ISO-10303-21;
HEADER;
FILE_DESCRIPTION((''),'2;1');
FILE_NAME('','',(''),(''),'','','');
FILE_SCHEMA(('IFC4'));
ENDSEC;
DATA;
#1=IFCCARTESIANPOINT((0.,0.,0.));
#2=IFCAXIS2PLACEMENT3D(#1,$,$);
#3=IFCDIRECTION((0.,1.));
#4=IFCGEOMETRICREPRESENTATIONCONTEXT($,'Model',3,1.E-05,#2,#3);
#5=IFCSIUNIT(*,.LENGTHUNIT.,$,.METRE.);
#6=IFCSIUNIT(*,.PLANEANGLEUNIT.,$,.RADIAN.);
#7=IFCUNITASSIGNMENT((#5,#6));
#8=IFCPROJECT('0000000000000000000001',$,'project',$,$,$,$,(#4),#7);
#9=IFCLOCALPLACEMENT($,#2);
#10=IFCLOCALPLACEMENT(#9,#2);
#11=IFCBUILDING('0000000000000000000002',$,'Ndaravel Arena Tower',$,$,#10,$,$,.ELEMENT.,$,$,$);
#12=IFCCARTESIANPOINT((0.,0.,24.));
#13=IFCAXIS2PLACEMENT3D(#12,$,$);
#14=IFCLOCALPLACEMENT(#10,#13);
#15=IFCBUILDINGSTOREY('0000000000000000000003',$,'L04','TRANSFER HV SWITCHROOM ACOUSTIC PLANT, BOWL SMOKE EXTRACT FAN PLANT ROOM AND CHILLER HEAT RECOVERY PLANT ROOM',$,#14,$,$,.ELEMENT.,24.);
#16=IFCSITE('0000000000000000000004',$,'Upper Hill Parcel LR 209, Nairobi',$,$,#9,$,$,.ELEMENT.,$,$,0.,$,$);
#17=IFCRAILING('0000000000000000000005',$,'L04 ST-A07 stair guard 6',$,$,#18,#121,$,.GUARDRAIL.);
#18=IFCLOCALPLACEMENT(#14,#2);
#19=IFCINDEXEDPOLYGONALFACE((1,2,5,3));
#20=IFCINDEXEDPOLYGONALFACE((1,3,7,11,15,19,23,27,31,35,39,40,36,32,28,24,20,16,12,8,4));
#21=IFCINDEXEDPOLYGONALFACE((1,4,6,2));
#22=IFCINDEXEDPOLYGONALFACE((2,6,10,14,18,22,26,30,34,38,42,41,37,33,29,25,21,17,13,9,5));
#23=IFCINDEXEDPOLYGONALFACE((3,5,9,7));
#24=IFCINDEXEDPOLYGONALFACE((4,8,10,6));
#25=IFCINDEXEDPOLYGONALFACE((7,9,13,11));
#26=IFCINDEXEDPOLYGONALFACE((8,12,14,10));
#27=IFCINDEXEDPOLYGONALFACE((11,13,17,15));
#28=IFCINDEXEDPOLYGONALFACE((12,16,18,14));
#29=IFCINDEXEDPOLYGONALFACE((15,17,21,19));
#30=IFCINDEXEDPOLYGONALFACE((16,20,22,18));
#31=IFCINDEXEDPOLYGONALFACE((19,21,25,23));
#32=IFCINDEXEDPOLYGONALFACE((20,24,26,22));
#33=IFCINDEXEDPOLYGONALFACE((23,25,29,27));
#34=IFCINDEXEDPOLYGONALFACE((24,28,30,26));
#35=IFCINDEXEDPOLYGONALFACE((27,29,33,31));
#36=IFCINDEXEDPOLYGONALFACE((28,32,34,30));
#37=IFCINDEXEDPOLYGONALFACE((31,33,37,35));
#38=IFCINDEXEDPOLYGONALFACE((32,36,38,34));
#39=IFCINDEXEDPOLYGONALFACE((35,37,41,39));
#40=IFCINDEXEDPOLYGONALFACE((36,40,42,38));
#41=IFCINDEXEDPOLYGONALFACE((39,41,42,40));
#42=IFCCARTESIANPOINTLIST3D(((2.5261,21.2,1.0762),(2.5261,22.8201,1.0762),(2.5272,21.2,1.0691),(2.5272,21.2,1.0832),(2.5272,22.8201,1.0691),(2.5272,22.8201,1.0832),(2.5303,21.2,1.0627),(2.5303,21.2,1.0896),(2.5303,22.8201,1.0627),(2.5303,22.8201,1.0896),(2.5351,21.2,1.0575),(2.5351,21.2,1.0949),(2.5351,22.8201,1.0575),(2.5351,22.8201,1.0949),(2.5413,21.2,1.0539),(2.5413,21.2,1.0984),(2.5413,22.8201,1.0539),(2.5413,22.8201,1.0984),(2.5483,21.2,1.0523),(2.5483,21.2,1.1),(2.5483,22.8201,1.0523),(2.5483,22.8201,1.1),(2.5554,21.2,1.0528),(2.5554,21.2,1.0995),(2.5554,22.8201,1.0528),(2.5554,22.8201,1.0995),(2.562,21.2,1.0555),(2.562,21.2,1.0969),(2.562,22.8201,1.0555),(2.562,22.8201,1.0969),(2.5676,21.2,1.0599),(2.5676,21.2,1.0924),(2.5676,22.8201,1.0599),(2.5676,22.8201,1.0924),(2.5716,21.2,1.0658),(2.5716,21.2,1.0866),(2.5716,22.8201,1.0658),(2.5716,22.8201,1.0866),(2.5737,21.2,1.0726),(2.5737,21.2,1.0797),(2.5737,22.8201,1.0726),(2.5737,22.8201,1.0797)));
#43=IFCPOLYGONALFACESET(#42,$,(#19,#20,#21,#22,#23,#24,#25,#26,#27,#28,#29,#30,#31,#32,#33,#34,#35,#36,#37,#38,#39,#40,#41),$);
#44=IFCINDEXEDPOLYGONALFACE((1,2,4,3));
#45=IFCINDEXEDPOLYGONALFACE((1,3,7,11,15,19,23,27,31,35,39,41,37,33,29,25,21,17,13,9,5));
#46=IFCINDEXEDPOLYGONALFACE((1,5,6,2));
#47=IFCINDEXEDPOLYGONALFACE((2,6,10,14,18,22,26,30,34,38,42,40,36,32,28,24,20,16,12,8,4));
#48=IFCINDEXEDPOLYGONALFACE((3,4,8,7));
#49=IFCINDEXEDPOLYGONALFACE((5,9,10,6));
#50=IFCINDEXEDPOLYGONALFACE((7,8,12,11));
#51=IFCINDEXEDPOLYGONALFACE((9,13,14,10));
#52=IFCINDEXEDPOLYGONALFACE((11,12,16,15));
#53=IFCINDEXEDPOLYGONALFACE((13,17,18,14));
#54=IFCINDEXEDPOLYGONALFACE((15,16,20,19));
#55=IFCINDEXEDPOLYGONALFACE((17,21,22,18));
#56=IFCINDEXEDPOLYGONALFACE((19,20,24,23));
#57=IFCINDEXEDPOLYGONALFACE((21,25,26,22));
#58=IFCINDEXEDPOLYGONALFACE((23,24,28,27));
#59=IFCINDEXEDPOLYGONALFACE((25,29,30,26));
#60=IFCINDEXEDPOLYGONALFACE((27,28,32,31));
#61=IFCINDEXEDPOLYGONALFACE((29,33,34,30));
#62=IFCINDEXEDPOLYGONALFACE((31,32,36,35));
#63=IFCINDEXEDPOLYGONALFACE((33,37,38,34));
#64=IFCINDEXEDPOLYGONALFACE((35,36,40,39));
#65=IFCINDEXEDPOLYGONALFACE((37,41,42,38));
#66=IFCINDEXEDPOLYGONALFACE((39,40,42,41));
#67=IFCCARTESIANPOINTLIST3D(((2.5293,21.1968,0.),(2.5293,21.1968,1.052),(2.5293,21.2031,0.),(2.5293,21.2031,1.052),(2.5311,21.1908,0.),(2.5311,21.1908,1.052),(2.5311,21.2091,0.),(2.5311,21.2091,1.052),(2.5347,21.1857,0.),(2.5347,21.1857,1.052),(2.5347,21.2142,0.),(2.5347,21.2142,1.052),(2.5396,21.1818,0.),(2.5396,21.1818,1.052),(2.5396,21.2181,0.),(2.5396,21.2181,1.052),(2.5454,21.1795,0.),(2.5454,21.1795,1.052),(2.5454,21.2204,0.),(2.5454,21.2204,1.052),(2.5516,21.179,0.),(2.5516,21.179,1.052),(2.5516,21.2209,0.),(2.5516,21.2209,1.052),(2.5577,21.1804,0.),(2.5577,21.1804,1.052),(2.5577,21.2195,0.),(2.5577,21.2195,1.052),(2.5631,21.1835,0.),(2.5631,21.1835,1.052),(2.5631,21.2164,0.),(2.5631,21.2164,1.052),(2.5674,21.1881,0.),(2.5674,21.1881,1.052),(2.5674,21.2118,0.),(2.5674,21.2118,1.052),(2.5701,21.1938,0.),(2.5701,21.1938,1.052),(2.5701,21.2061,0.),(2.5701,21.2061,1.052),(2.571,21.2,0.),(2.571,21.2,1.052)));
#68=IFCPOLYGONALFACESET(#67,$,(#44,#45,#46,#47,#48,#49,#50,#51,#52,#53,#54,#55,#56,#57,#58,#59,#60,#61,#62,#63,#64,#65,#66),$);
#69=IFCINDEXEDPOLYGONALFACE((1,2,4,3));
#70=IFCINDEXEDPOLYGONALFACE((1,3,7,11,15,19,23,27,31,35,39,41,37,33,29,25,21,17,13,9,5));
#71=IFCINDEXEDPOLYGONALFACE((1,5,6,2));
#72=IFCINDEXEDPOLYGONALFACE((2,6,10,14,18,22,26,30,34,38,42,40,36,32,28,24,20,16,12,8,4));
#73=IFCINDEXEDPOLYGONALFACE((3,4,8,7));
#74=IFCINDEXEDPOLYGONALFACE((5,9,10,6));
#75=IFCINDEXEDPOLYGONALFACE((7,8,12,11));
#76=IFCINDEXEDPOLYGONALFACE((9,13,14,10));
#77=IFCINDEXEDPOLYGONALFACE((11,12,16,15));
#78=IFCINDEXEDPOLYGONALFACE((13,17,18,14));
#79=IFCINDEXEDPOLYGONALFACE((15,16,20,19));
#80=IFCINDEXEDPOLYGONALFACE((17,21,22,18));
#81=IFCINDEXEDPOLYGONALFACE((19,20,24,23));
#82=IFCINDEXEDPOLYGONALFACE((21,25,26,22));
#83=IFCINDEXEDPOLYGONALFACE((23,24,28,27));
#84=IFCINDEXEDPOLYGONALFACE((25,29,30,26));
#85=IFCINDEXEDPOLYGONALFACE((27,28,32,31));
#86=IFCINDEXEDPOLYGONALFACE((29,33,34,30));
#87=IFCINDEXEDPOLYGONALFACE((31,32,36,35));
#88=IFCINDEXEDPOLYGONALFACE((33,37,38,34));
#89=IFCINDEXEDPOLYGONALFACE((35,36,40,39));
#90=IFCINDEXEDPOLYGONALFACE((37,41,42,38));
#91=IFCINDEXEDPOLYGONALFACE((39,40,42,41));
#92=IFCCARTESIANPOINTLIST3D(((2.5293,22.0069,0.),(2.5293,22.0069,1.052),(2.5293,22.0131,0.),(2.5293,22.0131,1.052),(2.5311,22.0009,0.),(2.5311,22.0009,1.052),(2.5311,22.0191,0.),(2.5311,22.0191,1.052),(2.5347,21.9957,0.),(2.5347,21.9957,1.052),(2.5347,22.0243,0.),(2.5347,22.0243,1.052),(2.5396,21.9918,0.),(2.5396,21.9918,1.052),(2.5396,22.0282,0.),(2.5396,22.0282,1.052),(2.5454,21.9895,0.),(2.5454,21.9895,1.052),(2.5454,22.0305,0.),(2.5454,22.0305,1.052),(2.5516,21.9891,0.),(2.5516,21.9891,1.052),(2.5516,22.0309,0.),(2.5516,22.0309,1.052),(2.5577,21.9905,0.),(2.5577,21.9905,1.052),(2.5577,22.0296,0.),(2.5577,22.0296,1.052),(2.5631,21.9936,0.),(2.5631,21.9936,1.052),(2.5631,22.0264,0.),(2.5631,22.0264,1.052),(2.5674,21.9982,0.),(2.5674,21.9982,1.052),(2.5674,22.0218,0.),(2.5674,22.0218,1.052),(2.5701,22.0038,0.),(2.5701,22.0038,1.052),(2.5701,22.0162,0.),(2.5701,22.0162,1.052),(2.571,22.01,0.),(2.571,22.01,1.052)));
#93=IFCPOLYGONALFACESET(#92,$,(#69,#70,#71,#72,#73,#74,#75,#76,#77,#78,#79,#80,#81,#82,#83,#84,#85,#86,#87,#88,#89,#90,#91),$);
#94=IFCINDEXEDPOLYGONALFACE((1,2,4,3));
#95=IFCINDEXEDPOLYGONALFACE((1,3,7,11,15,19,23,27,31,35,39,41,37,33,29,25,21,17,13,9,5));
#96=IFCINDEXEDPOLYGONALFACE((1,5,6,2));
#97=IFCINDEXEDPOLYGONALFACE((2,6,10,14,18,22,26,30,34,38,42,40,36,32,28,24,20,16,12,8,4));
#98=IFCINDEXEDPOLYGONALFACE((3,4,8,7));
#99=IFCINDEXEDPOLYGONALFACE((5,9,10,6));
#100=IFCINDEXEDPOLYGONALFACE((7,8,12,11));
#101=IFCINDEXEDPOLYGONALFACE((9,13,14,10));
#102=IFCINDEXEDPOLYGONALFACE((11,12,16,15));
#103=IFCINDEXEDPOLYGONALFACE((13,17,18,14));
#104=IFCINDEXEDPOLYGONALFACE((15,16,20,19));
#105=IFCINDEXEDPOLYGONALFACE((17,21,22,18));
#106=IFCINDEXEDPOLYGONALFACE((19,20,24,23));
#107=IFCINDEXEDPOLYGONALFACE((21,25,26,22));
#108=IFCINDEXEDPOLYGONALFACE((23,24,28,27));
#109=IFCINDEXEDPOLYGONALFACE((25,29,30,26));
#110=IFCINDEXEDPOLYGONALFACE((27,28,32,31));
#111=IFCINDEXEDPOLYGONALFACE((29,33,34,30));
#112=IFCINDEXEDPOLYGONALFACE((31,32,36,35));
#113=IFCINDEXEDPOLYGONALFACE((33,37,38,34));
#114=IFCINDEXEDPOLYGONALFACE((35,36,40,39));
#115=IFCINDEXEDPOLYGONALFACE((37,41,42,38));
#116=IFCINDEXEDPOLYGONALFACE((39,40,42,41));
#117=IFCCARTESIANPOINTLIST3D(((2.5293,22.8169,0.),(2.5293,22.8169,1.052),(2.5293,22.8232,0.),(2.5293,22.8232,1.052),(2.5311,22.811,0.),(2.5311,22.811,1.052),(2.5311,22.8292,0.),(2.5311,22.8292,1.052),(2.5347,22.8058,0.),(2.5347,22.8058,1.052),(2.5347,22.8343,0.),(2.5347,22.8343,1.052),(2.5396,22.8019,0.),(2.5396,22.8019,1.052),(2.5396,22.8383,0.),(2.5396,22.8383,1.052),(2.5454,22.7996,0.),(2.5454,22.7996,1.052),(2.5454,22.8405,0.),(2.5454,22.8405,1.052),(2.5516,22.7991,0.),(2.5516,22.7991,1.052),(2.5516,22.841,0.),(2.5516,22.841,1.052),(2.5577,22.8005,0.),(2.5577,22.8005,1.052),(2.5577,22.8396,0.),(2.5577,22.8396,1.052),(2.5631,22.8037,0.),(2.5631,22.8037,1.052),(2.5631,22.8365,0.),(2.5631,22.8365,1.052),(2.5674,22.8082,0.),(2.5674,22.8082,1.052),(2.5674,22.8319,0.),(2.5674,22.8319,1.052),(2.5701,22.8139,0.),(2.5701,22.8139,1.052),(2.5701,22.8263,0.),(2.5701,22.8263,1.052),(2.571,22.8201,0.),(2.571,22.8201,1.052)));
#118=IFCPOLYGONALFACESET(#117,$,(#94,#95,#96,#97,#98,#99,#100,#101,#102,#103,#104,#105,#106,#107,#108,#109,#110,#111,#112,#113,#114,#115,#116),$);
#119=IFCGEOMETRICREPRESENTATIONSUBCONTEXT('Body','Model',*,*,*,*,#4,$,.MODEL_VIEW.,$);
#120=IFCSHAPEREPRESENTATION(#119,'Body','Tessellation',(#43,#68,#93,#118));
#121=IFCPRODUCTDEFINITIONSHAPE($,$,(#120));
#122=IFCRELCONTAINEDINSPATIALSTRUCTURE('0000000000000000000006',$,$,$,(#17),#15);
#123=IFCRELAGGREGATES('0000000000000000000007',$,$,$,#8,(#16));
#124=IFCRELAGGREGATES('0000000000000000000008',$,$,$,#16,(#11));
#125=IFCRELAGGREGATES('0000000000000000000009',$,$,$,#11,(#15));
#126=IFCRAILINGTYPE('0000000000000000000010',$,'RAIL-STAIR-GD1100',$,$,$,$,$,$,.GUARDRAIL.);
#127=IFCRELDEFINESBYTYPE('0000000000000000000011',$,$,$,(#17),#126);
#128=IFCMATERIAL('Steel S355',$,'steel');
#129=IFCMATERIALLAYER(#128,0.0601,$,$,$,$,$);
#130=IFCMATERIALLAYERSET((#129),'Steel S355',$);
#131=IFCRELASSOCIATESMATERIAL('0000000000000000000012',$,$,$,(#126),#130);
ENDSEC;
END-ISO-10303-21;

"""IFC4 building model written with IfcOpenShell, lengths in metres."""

from ifc_helpers import new_model, si_unit, direction, frame, origin, origin_2d, place, context, subcontext, project, spatial, circle, extrude, material, layer, layer_set, type_object, element, save


model = new_model("IFC4")

# Units and contexts
model_context = context("Model", 3, precision=1e-05, world=origin(), true_north=direction((0.0, 1.0)))
body_context = subcontext(model_context, "Body", "Model", "MODEL_VIEW")
ifc_project = project(units=[si_unit("LENGTHUNIT", "METRE"), si_unit("PLANEANGLEUNIT", "RADIAN")], contexts=[model_context])

# Site, building, storey
site_placement = place(None, origin())
site = spatial("IfcSite", under=ifc_project, at=site_placement, Name="Upper Hill Parcel LR 209, Nairobi", CompositionType="ELEMENT", RefElevation=0.0)
building_placement = place(site_placement, origin())
building = spatial("IfcBuilding", under=site, at=building_placement, Name="Ndaravel Arena Tower", CompositionType="ELEMENT")
storey_placement = place(building_placement, frame((0.0, 0.0, 24.0)))
storey = spatial("IfcBuildingStorey", under=building, at=storey_placement, Name="L04", Description="TRANSFER HV SWITCHROOM ACOUSTIC PLANT, BOWL SMOKE EXTRACT FAN PLANT ROOM AND CHILLER HEAT RECOVERY PLANT ROOM", CompositionType="ELEMENT", Elevation=24.0)

# Railing
ifc_material_1 = material(Name="Steel S355", Category="steel")
ifc_layer_1 = layer(ifc_material_1, 0.0601)
ifc_layer_set_1 = layer_set([ifc_layer_1], Name="Steel S355")
railing_type = type_object("IfcRailingType", Name="RAIL-STAIR-GD1100", PredefinedType="GUARDRAIL", material=ifc_layer_set_1)
for number, where, name in (
    (1, (2.55, 21.2, 0.0), "L04 ST-A07 stair guard 6"),
):
    element("IfcRailing", number, at=place(storey_placement, frame(where)), inside=storey, type_object=railing_type, Name=name, PredefinedType="GUARDRAIL", context=body_context, shape_type="SweptSolid", body=[
        extrude(circle(Radius=0.0239, at=origin_2d()), frame((0.0, 0.0, 1.0762), z_axis=(0.0, 1.0, 0.0), x_axis=(-1.0, 0.0, 0.0)), (0.0, 0.0, 1.0), 1.6201),
        extrude(circle(Radius=0.021, at=origin_2d()), origin(), (0.0, 0.0, 1.0), 1.052),
        extrude(circle(Radius=0.021, at=origin_2d()), frame((0.0, 0.8101, 0.0)), (0.0, 0.0, 1.0), 1.052),
        extrude(circle(Radius=0.021, at=origin_2d()), frame((0.0, 1.6201, 0.0)), (0.0, 0.0, 1.0), 1.052),
    ])

save(model, "model.ifc")
